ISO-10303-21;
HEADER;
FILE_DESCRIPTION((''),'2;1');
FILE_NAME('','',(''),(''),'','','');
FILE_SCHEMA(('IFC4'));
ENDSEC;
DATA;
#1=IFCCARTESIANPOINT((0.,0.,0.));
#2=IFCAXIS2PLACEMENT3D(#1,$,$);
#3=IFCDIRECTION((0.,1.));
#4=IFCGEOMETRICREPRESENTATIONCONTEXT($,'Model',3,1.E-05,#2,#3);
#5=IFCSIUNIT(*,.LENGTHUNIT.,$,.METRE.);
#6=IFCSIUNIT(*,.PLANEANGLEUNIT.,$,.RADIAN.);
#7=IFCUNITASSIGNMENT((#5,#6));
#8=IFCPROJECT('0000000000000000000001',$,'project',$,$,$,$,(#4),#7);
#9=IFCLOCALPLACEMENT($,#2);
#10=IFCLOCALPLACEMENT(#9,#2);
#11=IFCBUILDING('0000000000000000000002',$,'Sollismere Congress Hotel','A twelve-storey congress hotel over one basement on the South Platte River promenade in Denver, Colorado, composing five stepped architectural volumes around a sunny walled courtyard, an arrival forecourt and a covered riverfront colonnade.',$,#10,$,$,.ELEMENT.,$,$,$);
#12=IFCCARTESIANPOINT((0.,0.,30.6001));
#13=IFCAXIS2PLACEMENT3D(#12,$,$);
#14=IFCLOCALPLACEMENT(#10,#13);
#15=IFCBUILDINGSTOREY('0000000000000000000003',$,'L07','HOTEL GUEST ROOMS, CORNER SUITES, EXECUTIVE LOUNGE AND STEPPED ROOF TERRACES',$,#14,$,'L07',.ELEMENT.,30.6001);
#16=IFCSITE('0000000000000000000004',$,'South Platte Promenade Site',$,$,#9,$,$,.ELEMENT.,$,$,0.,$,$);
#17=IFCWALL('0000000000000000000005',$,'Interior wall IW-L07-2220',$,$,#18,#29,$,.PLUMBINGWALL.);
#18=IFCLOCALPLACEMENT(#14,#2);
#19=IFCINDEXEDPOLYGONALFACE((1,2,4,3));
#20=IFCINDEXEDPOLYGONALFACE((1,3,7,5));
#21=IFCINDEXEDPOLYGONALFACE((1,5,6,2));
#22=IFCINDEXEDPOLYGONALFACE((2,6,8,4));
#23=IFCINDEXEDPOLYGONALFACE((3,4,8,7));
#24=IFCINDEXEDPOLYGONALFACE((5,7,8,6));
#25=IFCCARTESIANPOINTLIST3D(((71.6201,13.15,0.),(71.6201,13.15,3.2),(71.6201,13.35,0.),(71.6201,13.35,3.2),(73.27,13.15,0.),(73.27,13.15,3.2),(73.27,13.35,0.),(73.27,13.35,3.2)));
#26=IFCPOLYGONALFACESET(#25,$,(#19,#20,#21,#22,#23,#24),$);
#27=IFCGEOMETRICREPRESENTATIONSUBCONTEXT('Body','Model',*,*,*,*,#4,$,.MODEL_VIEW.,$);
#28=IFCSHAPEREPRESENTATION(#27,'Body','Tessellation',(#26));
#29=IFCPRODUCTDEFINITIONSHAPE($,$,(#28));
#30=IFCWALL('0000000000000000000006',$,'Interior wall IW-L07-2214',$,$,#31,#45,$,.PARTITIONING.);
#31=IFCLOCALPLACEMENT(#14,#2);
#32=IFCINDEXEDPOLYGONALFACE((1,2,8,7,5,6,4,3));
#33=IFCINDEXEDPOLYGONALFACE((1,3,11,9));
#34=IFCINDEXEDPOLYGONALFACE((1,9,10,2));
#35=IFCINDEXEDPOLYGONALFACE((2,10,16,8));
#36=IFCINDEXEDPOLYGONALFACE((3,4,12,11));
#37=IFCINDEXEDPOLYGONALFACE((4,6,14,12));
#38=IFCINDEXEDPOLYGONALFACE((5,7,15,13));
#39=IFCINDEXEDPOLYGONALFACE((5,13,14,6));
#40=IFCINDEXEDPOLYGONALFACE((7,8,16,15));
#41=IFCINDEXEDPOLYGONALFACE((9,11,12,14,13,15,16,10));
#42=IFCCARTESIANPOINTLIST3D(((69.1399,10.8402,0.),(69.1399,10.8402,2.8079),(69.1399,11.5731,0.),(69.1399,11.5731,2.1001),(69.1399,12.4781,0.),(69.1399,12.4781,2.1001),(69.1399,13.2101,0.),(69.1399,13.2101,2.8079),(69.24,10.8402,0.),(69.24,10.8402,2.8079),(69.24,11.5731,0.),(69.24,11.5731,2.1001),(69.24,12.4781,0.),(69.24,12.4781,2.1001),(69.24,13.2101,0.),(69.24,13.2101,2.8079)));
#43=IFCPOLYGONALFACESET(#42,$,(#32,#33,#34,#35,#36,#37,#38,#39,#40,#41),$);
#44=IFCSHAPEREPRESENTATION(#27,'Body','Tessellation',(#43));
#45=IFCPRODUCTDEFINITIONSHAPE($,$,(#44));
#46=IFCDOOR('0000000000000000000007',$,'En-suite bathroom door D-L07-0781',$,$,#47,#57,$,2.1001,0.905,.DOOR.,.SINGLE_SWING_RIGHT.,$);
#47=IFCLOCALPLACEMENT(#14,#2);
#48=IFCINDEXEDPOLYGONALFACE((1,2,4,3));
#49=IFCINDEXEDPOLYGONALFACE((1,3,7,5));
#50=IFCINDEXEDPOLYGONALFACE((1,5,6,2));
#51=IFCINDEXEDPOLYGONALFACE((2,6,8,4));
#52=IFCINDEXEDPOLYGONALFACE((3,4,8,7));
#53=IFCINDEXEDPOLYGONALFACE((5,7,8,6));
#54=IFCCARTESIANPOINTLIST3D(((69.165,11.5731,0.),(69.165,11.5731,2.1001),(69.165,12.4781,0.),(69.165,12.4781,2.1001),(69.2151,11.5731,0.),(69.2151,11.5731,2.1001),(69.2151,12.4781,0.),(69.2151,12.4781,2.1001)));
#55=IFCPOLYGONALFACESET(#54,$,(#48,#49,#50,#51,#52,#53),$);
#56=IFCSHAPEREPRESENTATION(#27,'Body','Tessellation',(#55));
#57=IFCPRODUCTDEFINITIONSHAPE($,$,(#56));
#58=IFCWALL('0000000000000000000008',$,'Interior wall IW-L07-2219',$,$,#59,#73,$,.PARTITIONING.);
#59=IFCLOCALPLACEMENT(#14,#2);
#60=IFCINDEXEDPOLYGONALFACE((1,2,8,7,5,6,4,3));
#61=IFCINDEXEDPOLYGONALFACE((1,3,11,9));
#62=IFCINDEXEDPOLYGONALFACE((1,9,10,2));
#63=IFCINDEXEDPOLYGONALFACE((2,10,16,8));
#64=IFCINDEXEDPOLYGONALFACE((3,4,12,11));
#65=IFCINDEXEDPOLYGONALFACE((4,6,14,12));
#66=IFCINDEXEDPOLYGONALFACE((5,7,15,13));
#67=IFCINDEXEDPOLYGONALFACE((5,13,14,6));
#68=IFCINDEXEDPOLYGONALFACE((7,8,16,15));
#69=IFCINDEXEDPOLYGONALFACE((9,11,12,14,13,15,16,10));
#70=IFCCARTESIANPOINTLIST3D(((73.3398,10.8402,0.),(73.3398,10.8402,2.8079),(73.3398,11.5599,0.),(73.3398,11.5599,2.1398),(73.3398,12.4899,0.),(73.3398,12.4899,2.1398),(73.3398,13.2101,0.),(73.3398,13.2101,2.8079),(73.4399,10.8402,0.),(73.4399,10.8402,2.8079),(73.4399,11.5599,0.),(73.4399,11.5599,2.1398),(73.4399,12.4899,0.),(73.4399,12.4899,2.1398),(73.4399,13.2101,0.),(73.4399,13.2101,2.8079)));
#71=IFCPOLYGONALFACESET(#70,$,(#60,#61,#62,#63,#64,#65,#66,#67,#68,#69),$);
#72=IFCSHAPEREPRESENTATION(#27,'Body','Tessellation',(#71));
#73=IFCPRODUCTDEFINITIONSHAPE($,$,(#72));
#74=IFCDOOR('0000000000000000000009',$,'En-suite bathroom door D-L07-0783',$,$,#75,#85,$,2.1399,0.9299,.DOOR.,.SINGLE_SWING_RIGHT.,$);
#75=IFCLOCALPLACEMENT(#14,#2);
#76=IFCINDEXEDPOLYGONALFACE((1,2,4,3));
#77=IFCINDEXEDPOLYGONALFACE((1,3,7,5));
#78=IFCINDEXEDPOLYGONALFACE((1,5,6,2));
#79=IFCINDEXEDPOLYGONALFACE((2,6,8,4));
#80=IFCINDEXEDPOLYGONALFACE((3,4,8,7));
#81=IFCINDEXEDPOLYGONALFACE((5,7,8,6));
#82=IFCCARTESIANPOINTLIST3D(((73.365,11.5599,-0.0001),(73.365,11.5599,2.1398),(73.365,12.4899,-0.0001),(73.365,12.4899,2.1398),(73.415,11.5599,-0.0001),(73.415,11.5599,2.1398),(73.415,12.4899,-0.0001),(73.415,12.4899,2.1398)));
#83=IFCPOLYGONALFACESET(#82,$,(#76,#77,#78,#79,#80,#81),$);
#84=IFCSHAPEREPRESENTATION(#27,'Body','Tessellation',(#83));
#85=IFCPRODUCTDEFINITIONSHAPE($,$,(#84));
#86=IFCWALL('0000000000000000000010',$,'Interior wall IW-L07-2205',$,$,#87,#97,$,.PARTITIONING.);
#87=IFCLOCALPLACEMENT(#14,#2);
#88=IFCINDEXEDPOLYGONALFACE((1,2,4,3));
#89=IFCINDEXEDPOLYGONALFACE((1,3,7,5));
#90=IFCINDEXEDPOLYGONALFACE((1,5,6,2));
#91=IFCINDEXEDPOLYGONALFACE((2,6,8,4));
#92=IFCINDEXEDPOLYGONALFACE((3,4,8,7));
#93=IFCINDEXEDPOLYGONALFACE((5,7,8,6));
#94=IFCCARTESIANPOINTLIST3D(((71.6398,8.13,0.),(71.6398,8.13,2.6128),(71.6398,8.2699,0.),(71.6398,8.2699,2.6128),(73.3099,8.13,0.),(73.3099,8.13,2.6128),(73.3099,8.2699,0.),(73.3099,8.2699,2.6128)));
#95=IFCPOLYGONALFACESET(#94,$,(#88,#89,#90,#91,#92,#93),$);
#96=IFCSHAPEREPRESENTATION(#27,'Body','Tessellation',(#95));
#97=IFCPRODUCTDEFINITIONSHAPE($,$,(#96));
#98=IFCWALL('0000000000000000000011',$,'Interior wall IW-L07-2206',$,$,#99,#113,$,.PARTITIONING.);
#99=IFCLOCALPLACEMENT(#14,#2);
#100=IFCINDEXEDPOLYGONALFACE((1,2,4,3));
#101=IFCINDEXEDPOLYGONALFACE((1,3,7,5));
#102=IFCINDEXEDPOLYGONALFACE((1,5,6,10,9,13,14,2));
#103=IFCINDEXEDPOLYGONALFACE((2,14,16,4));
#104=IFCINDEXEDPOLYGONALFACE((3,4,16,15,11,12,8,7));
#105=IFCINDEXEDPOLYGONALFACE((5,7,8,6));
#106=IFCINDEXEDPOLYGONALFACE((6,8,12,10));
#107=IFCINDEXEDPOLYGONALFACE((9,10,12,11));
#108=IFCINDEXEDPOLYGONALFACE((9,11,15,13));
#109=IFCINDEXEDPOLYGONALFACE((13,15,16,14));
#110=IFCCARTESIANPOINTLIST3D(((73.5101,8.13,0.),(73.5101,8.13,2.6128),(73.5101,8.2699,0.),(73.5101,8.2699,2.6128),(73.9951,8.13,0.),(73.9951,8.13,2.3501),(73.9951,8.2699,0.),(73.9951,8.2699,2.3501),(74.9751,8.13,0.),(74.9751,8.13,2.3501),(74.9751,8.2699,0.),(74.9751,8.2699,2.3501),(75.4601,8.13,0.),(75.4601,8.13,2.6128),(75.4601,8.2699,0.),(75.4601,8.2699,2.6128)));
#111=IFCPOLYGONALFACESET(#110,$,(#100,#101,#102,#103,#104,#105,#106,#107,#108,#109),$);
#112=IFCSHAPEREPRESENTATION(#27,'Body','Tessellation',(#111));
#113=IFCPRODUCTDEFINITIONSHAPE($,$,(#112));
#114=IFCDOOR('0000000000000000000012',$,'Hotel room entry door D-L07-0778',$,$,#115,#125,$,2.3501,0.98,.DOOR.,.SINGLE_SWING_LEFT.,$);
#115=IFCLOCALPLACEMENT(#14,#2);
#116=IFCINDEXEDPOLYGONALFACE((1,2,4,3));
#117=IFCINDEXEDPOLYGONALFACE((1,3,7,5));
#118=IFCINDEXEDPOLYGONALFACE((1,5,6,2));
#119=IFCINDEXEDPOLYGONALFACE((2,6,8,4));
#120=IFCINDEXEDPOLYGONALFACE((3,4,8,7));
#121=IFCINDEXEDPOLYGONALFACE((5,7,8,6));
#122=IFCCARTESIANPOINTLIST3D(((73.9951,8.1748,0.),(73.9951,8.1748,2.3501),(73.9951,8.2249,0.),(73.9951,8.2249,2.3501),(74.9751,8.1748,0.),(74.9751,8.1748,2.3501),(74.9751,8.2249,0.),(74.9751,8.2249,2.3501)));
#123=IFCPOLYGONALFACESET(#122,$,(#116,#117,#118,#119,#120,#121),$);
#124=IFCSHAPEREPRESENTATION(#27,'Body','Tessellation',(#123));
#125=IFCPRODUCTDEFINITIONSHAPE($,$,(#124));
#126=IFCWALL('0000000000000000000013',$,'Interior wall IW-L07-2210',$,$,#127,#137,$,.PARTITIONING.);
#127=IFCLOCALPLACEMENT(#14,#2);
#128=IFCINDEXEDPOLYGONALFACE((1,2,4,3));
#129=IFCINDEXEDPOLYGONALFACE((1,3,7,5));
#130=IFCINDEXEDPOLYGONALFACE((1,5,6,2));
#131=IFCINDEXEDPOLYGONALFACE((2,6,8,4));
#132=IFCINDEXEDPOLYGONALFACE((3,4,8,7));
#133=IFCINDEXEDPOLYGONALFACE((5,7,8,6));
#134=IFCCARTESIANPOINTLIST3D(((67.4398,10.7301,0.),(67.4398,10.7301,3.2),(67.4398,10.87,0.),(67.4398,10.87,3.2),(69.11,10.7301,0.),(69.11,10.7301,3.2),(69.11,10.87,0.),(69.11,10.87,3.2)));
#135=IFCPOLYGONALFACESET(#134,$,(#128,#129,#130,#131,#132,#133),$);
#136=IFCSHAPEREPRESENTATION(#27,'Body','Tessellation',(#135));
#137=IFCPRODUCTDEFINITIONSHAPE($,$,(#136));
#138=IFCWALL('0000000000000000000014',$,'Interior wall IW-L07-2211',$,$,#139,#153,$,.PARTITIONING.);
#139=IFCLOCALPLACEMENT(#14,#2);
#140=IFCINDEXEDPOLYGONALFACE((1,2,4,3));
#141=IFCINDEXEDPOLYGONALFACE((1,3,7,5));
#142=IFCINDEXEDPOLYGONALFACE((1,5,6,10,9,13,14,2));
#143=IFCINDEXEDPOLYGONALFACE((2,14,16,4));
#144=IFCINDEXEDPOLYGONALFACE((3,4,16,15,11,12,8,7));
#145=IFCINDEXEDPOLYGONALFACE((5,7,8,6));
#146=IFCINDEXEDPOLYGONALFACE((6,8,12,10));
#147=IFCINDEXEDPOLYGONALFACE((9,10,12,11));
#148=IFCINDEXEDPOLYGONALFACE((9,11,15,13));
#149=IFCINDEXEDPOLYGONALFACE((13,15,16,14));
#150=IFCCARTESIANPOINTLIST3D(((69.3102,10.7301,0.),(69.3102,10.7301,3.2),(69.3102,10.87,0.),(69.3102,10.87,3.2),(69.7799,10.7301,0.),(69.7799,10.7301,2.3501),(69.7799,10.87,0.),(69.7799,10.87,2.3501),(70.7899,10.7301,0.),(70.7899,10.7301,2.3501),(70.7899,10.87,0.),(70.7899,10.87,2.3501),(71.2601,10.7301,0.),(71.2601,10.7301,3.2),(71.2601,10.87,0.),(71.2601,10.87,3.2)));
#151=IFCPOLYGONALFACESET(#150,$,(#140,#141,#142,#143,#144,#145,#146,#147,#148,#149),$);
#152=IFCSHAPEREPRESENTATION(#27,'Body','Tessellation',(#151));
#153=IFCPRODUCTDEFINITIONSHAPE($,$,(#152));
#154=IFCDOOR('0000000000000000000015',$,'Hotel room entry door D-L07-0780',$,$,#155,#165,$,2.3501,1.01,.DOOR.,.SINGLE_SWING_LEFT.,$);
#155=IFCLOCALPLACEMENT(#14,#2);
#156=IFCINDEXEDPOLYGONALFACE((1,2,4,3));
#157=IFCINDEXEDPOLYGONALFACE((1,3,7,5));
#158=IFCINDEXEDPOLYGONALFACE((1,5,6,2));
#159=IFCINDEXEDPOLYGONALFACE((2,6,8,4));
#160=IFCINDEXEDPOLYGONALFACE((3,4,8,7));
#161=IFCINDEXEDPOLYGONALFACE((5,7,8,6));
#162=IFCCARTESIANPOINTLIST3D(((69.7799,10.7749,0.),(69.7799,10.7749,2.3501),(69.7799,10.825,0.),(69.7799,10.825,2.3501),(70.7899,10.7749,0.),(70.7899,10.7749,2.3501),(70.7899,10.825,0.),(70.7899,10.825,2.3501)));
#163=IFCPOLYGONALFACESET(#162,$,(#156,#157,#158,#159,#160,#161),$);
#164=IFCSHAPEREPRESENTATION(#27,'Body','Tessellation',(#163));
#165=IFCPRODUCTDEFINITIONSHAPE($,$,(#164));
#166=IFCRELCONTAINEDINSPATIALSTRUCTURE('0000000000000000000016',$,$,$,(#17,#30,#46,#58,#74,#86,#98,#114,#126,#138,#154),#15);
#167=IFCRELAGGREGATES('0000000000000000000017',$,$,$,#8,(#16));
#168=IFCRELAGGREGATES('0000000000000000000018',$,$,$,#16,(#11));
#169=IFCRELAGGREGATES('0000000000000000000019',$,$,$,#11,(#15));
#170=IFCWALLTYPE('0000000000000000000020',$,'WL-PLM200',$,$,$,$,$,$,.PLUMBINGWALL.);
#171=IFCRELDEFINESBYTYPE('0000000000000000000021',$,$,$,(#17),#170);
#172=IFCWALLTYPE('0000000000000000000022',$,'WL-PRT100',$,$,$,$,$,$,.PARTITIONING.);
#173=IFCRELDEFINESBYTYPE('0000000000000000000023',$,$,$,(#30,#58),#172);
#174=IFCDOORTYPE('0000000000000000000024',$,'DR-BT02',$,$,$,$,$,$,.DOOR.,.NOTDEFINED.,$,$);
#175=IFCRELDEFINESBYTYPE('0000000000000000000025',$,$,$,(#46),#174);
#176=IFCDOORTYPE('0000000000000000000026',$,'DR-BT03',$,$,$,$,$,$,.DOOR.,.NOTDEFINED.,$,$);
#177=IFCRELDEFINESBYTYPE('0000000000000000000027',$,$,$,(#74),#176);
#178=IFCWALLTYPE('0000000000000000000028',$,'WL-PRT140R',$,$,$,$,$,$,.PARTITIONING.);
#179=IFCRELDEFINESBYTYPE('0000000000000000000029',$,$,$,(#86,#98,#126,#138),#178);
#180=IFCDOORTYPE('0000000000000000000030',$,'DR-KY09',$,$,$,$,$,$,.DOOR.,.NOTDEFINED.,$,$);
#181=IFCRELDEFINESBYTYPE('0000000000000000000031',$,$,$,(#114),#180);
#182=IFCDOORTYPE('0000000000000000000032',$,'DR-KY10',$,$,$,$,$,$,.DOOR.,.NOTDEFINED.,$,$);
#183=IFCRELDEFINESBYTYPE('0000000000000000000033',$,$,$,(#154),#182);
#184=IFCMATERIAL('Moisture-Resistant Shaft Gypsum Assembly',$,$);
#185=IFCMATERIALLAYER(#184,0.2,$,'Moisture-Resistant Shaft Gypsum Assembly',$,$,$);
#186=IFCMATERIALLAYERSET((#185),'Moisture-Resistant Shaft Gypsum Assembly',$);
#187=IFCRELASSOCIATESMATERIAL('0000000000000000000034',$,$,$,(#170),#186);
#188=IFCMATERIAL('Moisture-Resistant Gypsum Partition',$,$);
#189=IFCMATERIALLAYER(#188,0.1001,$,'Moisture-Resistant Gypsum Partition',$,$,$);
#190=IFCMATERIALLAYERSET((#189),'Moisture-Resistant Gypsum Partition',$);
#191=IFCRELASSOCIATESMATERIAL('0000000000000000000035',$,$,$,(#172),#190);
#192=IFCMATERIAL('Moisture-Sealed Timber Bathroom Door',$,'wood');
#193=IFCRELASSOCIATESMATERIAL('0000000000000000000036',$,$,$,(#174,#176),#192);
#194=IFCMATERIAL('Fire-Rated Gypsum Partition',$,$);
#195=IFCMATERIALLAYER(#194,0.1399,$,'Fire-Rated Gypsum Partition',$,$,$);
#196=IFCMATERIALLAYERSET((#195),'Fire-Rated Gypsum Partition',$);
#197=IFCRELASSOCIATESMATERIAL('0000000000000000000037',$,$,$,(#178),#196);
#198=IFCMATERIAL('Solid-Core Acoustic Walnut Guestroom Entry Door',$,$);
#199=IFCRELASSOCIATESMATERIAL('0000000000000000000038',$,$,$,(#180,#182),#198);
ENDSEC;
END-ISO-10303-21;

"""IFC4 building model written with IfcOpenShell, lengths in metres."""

from ifc_helpers import new_model, si_unit, direction, frame, frame_2d, origin, place, context, subcontext, project, spatial, rectangle, extrude, material, layer, layer_set, type_object, element, fill, save


model = new_model("IFC4")

# Units and contexts
model_context = context("Model", 3, precision=1e-05, world=origin(), true_north=direction((0.0, 1.0)))
body_context = subcontext(model_context, "Body", "Model", "MODEL_VIEW")
ifc_project = project(units=[si_unit("LENGTHUNIT", "METRE"), si_unit("PLANEANGLEUNIT", "RADIAN")], contexts=[model_context])

# Site, building, storey
site_placement = place(None, origin())
site = spatial("IfcSite", under=ifc_project, at=site_placement, Name="South Platte Promenade Site", CompositionType="ELEMENT", RefElevation=0.0)
building_placement = place(site_placement, origin())
building = spatial("IfcBuilding", under=site, at=building_placement, Name="Sollismere Congress Hotel", Description="A twelve-storey congress hotel over one basement on the South Platte River promenade in Denver, Colorado, composing five stepped architectural volumes around a sunny walled courtyard, an arrival forecourt and a covered riverfront colonnade.", CompositionType="ELEMENT")
storey_placement = place(building_placement, frame((0.0, 0.0, 30.6001)))
storey = spatial("IfcBuildingStorey", under=building, at=storey_placement, Name="L07", Description="HOTEL GUEST ROOMS, CORNER SUITES, EXECUTIVE LOUNGE AND STEPPED ROOF TERRACES", LongName="L07", CompositionType="ELEMENT", Elevation=30.6001)

# Wall
ifc_material_1 = material(Name="Moisture-Resistant Shaft Gypsum Assembly")
ifc_layer_1 = layer(ifc_material_1, 0.2, Name="Moisture-Resistant Shaft Gypsum Assembly")
ifc_layer_set_1 = layer_set([ifc_layer_1], Name="Moisture-Resistant Shaft Gypsum Assembly")
wall_type_1 = type_object("IfcWallType", Name="WL-PLM200", PredefinedType="PLUMBINGWALL", material=ifc_layer_set_1)
wall_1_placement = place(storey_placement, frame((71.6201, 13.25, 0.0), z_axis=(0.0, 0.0, 1.0), x_axis=(1.0, 0.0, 0.0)))
element("IfcWall", 1, at=wall_1_placement, inside=storey, type_object=wall_type_1, Name="Interior wall IW-L07-2220", PredefinedType="PLUMBINGWALL", context=body_context, shape_type="SweptSolid", body=[
    extrude(rectangle(XDim=1.6499, YDim=0.2, at=frame_2d((0.825, 0.0))), origin(), (0.0, 0.0, 1.0), 3.2),
])

# Walls, openings, doors
ifc_material_2 = material(Name="Moisture-Resistant Gypsum Partition")
ifc_layer_2 = layer(ifc_material_2, 0.1001, Name="Moisture-Resistant Gypsum Partition")
ifc_layer_set_2 = layer_set([ifc_layer_2], Name="Moisture-Resistant Gypsum Partition")
wall_type_2 = type_object("IfcWallType", Name="WL-PRT100", PredefinedType="PARTITIONING", material=ifc_layer_set_2)
wall_2_placement = place(storey_placement, frame((69.1899, 10.8401, 0.0), z_axis=(0.0, 0.0, 1.0), x_axis=(0.0, 1.0, 0.0)))
wall_2 = element("IfcWall", 2, at=wall_2_placement, inside=storey, type_object=wall_type_2, Name="Interior wall IW-L07-2214", PredefinedType="PARTITIONING", context=body_context, shape_type="SweptSolid", body=[
    extrude(rectangle(XDim=2.3699, YDim=0.1001, at=frame_2d((1.1851, 0.0))), origin(), (0.0, 0.0, 1.0), 2.8079),
])
opening_1_placement = place(wall_2_placement, frame((0.7329, 0.0, 0.0)))
opening_1 = element("IfcOpeningElement", 3, at=opening_1_placement, cuts=wall_2, PredefinedType="OPENING", context=body_context, shape_type="SweptSolid", body=[
    extrude(rectangle(XDim=0.905, YDim=2.1001, at=frame_2d((0.4526, 1.05))), frame((0.0, 0.0601, 0.0), z_axis=(0.0, -1.0, 0.0), x_axis=(1.0, 0.0, 0.0)), (0.0, 0.0, 1.0), 0.1201),
])
ifc_material_3 = material(Name="Moisture-Sealed Timber Bathroom Door", Category="wood")
door_type_1 = type_object("IfcDoorType", Name="DR-BT02", OperationType="NOTDEFINED", PredefinedType="DOOR", material=ifc_material_3)
door_1_placement = place(opening_1_placement, origin())
door_1 = element("IfcDoor", 4, at=door_1_placement, inside=storey, type_object=door_type_1, Name="En-suite bathroom door D-L07-0781", OperationType="SINGLE_SWING_RIGHT", OverallHeight=2.1001, OverallWidth=0.905, PredefinedType="DOOR", context=body_context, shape_type="SweptSolid", body=[
    extrude(rectangle(XDim=0.905, YDim=2.1001, at=frame_2d((0.4526, 1.05))), frame((0.0, 0.0249, 0.0), z_axis=(0.0, -1.0, 0.0), x_axis=(1.0, 0.0, 0.0)), (0.0, 0.0, 1.0), 0.05),
])
fill(opening_1, door_1)
wall_3_placement = place(storey_placement, frame((73.3899, 10.8401, 0.0), z_axis=(0.0, 0.0, 1.0), x_axis=(0.0, 1.0, 0.0)))
wall_3 = element("IfcWall", 5, at=wall_3_placement, inside=storey, type_object=wall_type_2, Name="Interior wall IW-L07-2219", PredefinedType="PARTITIONING", context=body_context, shape_type="SweptSolid", body=[
    extrude(rectangle(XDim=2.3699, YDim=0.1001, at=frame_2d((1.1851, 0.0))), origin(), (0.0, 0.0, 1.0), 2.8079),
])
opening_2_placement = place(wall_3_placement, frame((0.72, 0.0, 0.0)))
opening_2 = element("IfcOpeningElement", 6, at=opening_2_placement, cuts=wall_3, PredefinedType="OPENING", context=body_context, shape_type="SweptSolid", body=[
    extrude(rectangle(XDim=0.9299, YDim=2.1399, at=frame_2d((0.4648, 1.0698))), frame((0.0, 0.0601, 0.0), z_axis=(0.0, -1.0, 0.0), x_axis=(1.0, 0.0, 0.0)), (0.0, 0.0, 1.0), 0.1201),
])
door_type_2 = type_object("IfcDoorType", Name="DR-BT03", OperationType="NOTDEFINED", PredefinedType="DOOR", material=ifc_material_3)
door_2_placement = place(opening_2_placement, origin())
door_2 = element("IfcDoor", 7, at=door_2_placement, inside=storey, type_object=door_type_2, Name="En-suite bathroom door D-L07-0783", OperationType="SINGLE_SWING_RIGHT", OverallHeight=2.1399, OverallWidth=0.9299, PredefinedType="DOOR", context=body_context, shape_type="SweptSolid", body=[
    extrude(rectangle(XDim=0.9299, YDim=2.1399, at=frame_2d((0.4648, 1.0698))), frame((0.0, 0.0249, 0.0), z_axis=(0.0, -1.0, 0.0), x_axis=(1.0, 0.0, 0.0)), (0.0, 0.0, 1.0), 0.05),
])
fill(opening_2, door_2)

# Wall
ifc_material_4 = material(Name="Fire-Rated Gypsum Partition")
ifc_layer_3 = layer(ifc_material_4, 0.1399, Name="Fire-Rated Gypsum Partition")
ifc_layer_set_3 = layer_set([ifc_layer_3], Name="Fire-Rated Gypsum Partition")
wall_type_3 = type_object("IfcWallType", Name="WL-PRT140R", PredefinedType="PARTITIONING", material=ifc_layer_set_3)
wall_4_placement = place(storey_placement, frame((71.6399, 8.2, 0.0), z_axis=(0.0, 0.0, 1.0), x_axis=(1.0, 0.0, 0.0)))
element("IfcWall", 8, at=wall_4_placement, inside=storey, type_object=wall_type_3, Name="Interior wall IW-L07-2205", PredefinedType="PARTITIONING", context=body_context, shape_type="SweptSolid", body=[
    extrude(rectangle(XDim=1.6702, YDim=0.1399, at=frame_2d((0.835, 0.0))), origin(), (0.0, 0.0, 1.0), 2.6128),
])

# Wall, opening, door
wall_5_placement = place(storey_placement, frame((73.51, 8.2, 0.0), z_axis=(0.0, 0.0, 1.0), x_axis=(1.0, 0.0, 0.0)))
wall_5 = element("IfcWall", 9, at=wall_5_placement, inside=storey, type_object=wall_type_3, Name="Interior wall IW-L07-2206", PredefinedType="PARTITIONING", context=body_context, shape_type="SweptSolid", body=[
    extrude(rectangle(XDim=1.95, YDim=0.1399, at=frame_2d((0.9751, 0.0))), origin(), (0.0, 0.0, 1.0), 2.6128),
])
opening_3_placement = place(wall_5_placement, frame((0.4851, 0.0, 0.0)))
opening_3 = element("IfcOpeningElement", 10, at=opening_3_placement, cuts=wall_5, PredefinedType="OPENING", context=body_context, shape_type="SweptSolid", body=[
    extrude(rectangle(XDim=0.98, YDim=2.3501, at=frame_2d((0.49, 1.175))), frame((0.0, 0.0798, 0.0), z_axis=(0.0, -1.0, 0.0), x_axis=(1.0, 0.0, 0.0)), (0.0, 0.0, 1.0), 0.1599),
])
ifc_material_5 = material(Name="Solid-Core Acoustic Walnut Guestroom Entry Door")
door_type_3 = type_object("IfcDoorType", Name="DR-KY09", OperationType="NOTDEFINED", PredefinedType="DOOR", material=ifc_material_5)
door_3_placement = place(opening_3_placement, origin())
door_3 = element("IfcDoor", 11, at=door_3_placement, inside=storey, type_object=door_type_3, Name="Hotel room entry door D-L07-0778", OperationType="SINGLE_SWING_LEFT", OverallHeight=2.3501, OverallWidth=0.98, PredefinedType="DOOR", context=body_context, shape_type="SweptSolid", body=[
    extrude(rectangle(XDim=0.98, YDim=2.3501, at=frame_2d((0.49, 1.175))), frame((0.0, 0.0249, 0.0), z_axis=(0.0, -1.0, 0.0), x_axis=(1.0, 0.0, 0.0)), (0.0, 0.0, 1.0), 0.05),
])
fill(opening_3, door_3)

# Wall
wall_6_placement = place(storey_placement, frame((67.4399, 10.8, 0.0), z_axis=(0.0, 0.0, 1.0), x_axis=(1.0, 0.0, 0.0)))
element("IfcWall", 12, at=wall_6_placement, inside=storey, type_object=wall_type_3, Name="Interior wall IW-L07-2210", PredefinedType="PARTITIONING", context=body_context, shape_type="SweptSolid", body=[
    extrude(rectangle(XDim=1.6702, YDim=0.1399, at=frame_2d((0.835, 0.0))), origin(), (0.0, 0.0, 1.0), 3.2),
])

# Wall, opening, door
wall_7_placement = place(storey_placement, frame((69.3101, 10.8, 0.0), z_axis=(0.0, 0.0, 1.0), x_axis=(1.0, 0.0, 0.0)))
wall_7 = element("IfcWall", 13, at=wall_7_placement, inside=storey, type_object=wall_type_3, Name="Interior wall IW-L07-2211", PredefinedType="PARTITIONING", context=body_context, shape_type="SweptSolid", body=[
    extrude(rectangle(XDim=1.95, YDim=0.1399, at=frame_2d((0.9751, 0.0))), origin(), (0.0, 0.0, 1.0), 3.2),
])
opening_4_placement = place(wall_7_placement, frame((0.47, 0.0, 0.0)))
opening_4 = element("IfcOpeningElement", 14, at=opening_4_placement, cuts=wall_7, PredefinedType="OPENING", context=body_context, shape_type="SweptSolid", body=[
    extrude(rectangle(XDim=1.01, YDim=2.3501, at=frame_2d((0.5049, 1.175))), frame((0.0, 0.0798, 0.0), z_axis=(0.0, -1.0, 0.0), x_axis=(1.0, 0.0, 0.0)), (0.0, 0.0, 1.0), 0.1599),
])
door_type_4 = type_object("IfcDoorType", Name="DR-KY10", OperationType="NOTDEFINED", PredefinedType="DOOR", material=ifc_material_5)
door_4_placement = place(opening_4_placement, origin())
door_4 = element("IfcDoor", 15, at=door_4_placement, inside=storey, type_object=door_type_4, Name="Hotel room entry door D-L07-0780", OperationType="SINGLE_SWING_LEFT", OverallHeight=2.3501, OverallWidth=1.01, PredefinedType="DOOR", context=body_context, shape_type="SweptSolid", body=[
    extrude(rectangle(XDim=1.01, YDim=2.3501, at=frame_2d((0.5049, 1.175))), frame((0.0, 0.0249, 0.0), z_axis=(0.0, -1.0, 0.0), x_axis=(1.0, 0.0, 0.0)), (0.0, 0.0, 1.0), 0.05),
])
fill(opening_4, door_4)

save(model, "model.ifc")
